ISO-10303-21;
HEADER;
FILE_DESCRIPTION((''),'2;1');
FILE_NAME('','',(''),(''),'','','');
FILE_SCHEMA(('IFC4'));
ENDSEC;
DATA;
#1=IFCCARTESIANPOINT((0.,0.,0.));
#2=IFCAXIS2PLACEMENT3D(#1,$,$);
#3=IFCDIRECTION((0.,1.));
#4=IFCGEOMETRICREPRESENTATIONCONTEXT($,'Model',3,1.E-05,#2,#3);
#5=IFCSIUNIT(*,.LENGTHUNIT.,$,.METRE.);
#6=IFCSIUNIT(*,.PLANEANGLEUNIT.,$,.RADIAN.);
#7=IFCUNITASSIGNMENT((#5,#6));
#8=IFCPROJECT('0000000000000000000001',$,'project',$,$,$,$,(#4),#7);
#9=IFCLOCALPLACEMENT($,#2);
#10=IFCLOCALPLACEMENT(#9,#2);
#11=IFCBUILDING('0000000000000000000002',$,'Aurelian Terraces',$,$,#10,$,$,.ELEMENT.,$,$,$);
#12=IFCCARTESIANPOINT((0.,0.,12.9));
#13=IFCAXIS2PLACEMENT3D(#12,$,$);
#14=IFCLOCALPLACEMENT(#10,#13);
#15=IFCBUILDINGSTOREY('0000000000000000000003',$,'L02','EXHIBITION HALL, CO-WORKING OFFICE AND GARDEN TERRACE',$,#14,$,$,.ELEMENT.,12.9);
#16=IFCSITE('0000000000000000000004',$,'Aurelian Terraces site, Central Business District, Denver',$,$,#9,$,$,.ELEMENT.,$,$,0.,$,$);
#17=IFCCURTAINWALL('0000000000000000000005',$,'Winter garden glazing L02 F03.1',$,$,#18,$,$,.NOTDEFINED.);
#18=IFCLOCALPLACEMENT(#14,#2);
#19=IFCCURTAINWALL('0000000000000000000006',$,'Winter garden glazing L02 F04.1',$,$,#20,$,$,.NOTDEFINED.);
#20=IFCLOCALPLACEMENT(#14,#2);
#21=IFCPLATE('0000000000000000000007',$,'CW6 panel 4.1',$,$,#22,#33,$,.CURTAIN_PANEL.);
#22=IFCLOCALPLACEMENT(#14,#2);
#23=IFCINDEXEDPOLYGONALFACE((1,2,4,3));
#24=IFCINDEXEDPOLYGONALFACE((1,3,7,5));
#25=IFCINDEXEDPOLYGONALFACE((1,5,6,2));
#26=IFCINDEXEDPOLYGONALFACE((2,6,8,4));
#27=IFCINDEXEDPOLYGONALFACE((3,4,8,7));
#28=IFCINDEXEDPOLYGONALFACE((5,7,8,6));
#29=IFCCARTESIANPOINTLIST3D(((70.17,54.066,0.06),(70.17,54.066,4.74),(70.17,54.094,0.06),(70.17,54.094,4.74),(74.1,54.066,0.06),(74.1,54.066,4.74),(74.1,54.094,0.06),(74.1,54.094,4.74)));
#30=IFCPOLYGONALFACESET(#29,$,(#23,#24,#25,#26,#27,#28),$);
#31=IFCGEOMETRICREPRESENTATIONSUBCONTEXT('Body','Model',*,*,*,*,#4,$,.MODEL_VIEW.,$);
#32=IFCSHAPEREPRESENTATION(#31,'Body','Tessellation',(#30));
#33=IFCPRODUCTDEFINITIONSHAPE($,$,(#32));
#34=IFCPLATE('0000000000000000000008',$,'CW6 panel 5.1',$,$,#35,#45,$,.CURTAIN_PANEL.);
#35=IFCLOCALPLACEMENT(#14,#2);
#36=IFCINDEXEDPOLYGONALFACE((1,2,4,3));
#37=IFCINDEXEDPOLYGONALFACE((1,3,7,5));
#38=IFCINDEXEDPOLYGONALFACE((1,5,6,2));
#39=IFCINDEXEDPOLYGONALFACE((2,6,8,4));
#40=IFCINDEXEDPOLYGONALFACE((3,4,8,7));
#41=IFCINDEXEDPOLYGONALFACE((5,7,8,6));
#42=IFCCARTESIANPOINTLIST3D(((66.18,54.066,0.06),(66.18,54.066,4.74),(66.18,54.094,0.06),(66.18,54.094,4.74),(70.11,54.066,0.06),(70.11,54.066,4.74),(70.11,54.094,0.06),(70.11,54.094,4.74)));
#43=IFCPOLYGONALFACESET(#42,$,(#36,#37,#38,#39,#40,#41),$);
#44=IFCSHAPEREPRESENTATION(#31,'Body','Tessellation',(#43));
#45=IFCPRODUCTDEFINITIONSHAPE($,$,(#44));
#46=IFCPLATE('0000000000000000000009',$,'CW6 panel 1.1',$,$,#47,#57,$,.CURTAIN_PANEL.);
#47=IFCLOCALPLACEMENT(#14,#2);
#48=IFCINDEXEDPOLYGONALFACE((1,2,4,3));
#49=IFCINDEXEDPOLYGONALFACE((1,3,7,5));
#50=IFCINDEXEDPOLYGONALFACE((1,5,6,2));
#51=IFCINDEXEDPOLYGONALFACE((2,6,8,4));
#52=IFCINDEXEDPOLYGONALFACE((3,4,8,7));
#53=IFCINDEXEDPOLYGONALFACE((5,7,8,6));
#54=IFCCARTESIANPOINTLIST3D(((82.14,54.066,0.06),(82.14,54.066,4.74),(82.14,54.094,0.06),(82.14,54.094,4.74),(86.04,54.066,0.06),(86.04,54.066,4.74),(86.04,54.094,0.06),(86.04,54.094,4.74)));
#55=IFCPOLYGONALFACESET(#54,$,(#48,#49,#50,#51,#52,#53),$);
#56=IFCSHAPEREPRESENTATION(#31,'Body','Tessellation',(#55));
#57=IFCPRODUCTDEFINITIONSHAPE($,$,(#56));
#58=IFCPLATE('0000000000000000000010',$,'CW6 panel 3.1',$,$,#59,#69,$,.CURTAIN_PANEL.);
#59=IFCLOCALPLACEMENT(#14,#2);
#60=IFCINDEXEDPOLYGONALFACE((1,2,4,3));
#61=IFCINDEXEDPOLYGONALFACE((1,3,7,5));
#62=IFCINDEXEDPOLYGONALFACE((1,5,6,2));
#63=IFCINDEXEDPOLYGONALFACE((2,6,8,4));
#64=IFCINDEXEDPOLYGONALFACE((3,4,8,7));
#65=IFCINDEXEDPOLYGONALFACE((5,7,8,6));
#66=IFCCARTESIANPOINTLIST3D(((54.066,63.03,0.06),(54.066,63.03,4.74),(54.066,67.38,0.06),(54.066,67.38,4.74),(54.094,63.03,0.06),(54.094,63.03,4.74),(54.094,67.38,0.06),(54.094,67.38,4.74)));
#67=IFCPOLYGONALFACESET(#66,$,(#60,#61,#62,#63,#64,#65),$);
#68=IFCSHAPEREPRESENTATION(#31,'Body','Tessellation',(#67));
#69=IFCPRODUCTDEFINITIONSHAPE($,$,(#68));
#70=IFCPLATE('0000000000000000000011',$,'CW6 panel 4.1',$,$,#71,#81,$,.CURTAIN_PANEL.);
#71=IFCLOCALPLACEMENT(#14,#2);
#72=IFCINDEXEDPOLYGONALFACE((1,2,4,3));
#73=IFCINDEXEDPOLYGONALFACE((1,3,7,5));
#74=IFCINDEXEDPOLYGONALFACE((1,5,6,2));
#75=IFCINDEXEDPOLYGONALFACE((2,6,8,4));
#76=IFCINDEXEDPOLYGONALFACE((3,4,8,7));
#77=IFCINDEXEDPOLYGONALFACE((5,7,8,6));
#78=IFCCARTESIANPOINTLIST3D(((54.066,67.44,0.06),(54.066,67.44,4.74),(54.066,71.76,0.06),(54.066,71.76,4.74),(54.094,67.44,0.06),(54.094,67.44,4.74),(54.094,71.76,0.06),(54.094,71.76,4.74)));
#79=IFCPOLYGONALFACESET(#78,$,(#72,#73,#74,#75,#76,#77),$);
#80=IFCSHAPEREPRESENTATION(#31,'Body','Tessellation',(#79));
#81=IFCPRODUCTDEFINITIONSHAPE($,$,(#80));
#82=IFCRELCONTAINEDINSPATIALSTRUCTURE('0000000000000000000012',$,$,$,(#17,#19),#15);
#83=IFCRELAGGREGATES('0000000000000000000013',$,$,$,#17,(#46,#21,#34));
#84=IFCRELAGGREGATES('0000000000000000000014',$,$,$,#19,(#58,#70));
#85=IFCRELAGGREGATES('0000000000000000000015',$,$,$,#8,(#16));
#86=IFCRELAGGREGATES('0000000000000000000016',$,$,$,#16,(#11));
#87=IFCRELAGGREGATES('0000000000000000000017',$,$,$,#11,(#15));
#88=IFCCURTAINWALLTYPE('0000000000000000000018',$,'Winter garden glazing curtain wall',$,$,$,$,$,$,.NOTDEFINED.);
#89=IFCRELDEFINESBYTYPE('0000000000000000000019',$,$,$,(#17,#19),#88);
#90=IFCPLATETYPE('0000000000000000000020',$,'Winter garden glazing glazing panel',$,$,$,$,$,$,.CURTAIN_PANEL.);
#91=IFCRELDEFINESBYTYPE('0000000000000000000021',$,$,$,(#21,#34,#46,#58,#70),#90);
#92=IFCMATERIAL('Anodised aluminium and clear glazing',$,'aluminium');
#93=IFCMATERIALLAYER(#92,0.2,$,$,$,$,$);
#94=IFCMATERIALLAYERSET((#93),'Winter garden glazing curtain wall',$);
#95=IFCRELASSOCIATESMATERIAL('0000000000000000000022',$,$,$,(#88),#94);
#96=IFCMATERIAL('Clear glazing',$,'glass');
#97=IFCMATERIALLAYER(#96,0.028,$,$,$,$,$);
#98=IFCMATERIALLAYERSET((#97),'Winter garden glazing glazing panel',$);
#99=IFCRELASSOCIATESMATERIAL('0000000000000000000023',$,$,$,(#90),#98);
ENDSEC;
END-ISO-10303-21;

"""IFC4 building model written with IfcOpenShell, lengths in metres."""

from ifc_helpers import new_model, si_unit, direction, frame, origin, origin_2d, place, context, subcontext, project, spatial, rectangle, extrude, source, transform, mapped, material, layer, layer_set, type_object, element, aggregate, save


model = new_model("IFC4")

# Units and contexts
model_context = context("Model", 3, precision=1e-05, world=origin(), true_north=direction((0.0, 1.0)))
body_context = subcontext(model_context, "Body", "Model", "MODEL_VIEW")
ifc_project = project(units=[si_unit("LENGTHUNIT", "METRE"), si_unit("PLANEANGLEUNIT", "RADIAN")], contexts=[model_context])

# Site, building, storey
site_placement = place(None, origin())
site = spatial("IfcSite", under=ifc_project, at=site_placement, Name="Aurelian Terraces site, Central Business District, Denver", CompositionType="ELEMENT", RefElevation=0.0)
building_placement = place(site_placement, origin())
building = spatial("IfcBuilding", under=site, at=building_placement, Name="Aurelian Terraces", CompositionType="ELEMENT")
storey_placement = place(building_placement, frame((0.0, 0.0, 12.9)))
storey = spatial("IfcBuildingStorey", under=building, at=storey_placement, Name="L02", Description="EXHIBITION HALL, CO-WORKING OFFICE AND GARDEN TERRACE", CompositionType="ELEMENT", Elevation=12.9)

# Curtain wall
ifc_material_1 = material(Name="Anodised aluminium and clear glazing", Category="aluminium")
ifc_layer_1 = layer(ifc_material_1, 0.2)
ifc_layer_set_1 = layer_set([ifc_layer_1], Name="Winter garden glazing curtain wall")
curtain_wall_type = type_object("IfcCurtainWallType", Name="Winter garden glazing curtain wall", PredefinedType="NOTDEFINED", material=ifc_layer_set_1)
curtain_wall_1_placement = place(storey_placement, origin())
curtain_wall_1 = element("IfcCurtainWall", 1, at=curtain_wall_1_placement, inside=storey, type_object=curtain_wall_type, Name="Winter garden glazing L02 F03.1", PredefinedType="NOTDEFINED")

# Curtain wall
curtain_wall_2_placement = place(storey_placement, origin())
curtain_wall_2 = element("IfcCurtainWall", 2, at=curtain_wall_2_placement, inside=storey, type_object=curtain_wall_type, Name="Winter garden glazing L02 F04.1", PredefinedType="NOTDEFINED")

# Plates
ifc_material_2 = material(Name="Clear glazing", Category="glass")
ifc_layer_2 = layer(ifc_material_2, 0.028)
ifc_layer_set_2 = layer_set([ifc_layer_2], Name="Winter garden glazing glazing panel")
plate_type = type_object("IfcPlateType", Name="Winter garden glazing glazing panel", PredefinedType="CURTAIN_PANEL", material=ifc_layer_set_2)
shared_shape_1 = source(origin(), body_context, "Body", "SweptSolid", [
    extrude(rectangle(XDim=3.93, YDim=0.028, at=origin_2d()), origin(), (0.0, 0.0, 1.0), 4.68),
])
plate_1_placement = place(storey_placement, frame((72.135, 54.08, 0.06), z_axis=(0.0, 0.0, 1.0), x_axis=(-1.0, 0.0, 0.0)))
plate_1 = element("IfcPlate", 3, at=plate_1_placement, type_object=plate_type, Name="CW6 panel 4.1", PredefinedType="CURTAIN_PANEL", context=body_context, shape_type="MappedRepresentation", body=[
    mapped(shared_shape_1, transform((0.0, 0.0, 0.0), scale=1.0)),
])
plate_2_placement = place(storey_placement, frame((68.145, 54.08, 0.06), z_axis=(0.0, 0.0, 1.0), x_axis=(-1.0, 0.0, 0.0)))
plate_2 = element("IfcPlate", 4, at=plate_2_placement, type_object=plate_type, Name="CW6 panel 5.1", PredefinedType="CURTAIN_PANEL", context=body_context, shape_type="MappedRepresentation", body=[
    mapped(shared_shape_1, transform((0.0, 0.0, 0.0), scale=1.0)),
])
shared_shape_2 = source(origin(), body_context, "Body", "SweptSolid", [
    extrude(rectangle(XDim=3.9, YDim=0.028, at=origin_2d()), origin(), (0.0, 0.0, 1.0), 4.68),
])
plate_3_placement = place(storey_placement, frame((84.09, 54.08, 0.06), z_axis=(0.0, 0.0, 1.0), x_axis=(-1.0, 0.0, 0.0)))
plate_3 = element("IfcPlate", 5, at=plate_3_placement, type_object=plate_type, Name="CW6 panel 1.1", PredefinedType="CURTAIN_PANEL", context=body_context, shape_type="MappedRepresentation", body=[
    mapped(shared_shape_2, transform((0.0, 0.0, 0.0), scale=1.0)),
])
aggregate(curtain_wall_1, [plate_3, plate_1, plate_2])
shared_shape_3 = source(origin(), body_context, "Body", "SweptSolid", [
    extrude(rectangle(XDim=4.35, YDim=0.028, at=origin_2d()), origin(), (0.0, 0.0, 1.0), 4.68),
])
plate_4_placement = place(storey_placement, frame((54.08, 65.205, 0.06), z_axis=(0.0, 0.0, 1.0), x_axis=(0.0, 1.0, 0.0)))
plate_4 = element("IfcPlate", 6, at=plate_4_placement, type_object=plate_type, Name="CW6 panel 3.1", PredefinedType="CURTAIN_PANEL", context=body_context, shape_type="MappedRepresentation", body=[
    mapped(shared_shape_3, transform((0.0, 0.0, 0.0), scale=1.0)),
])
shared_shape_4 = source(origin(), body_context, "Body", "SweptSolid", [
    extrude(rectangle(XDim=4.32, YDim=0.028, at=origin_2d()), origin(), (0.0, 0.0, 1.0), 4.68),
])
plate_5_placement = place(storey_placement, frame((54.08, 69.6, 0.06), z_axis=(0.0, 0.0, 1.0), x_axis=(0.0, 1.0, 0.0)))
plate_5 = element("IfcPlate", 7, at=plate_5_placement, type_object=plate_type, Name="CW6 panel 4.1", PredefinedType="CURTAIN_PANEL", context=body_context, shape_type="MappedRepresentation", body=[
    mapped(shared_shape_4, transform((0.0, 0.0, 0.0), scale=1.0)),
])
aggregate(curtain_wall_2, [plate_4, plate_5])

save(model, "model.ifc")
